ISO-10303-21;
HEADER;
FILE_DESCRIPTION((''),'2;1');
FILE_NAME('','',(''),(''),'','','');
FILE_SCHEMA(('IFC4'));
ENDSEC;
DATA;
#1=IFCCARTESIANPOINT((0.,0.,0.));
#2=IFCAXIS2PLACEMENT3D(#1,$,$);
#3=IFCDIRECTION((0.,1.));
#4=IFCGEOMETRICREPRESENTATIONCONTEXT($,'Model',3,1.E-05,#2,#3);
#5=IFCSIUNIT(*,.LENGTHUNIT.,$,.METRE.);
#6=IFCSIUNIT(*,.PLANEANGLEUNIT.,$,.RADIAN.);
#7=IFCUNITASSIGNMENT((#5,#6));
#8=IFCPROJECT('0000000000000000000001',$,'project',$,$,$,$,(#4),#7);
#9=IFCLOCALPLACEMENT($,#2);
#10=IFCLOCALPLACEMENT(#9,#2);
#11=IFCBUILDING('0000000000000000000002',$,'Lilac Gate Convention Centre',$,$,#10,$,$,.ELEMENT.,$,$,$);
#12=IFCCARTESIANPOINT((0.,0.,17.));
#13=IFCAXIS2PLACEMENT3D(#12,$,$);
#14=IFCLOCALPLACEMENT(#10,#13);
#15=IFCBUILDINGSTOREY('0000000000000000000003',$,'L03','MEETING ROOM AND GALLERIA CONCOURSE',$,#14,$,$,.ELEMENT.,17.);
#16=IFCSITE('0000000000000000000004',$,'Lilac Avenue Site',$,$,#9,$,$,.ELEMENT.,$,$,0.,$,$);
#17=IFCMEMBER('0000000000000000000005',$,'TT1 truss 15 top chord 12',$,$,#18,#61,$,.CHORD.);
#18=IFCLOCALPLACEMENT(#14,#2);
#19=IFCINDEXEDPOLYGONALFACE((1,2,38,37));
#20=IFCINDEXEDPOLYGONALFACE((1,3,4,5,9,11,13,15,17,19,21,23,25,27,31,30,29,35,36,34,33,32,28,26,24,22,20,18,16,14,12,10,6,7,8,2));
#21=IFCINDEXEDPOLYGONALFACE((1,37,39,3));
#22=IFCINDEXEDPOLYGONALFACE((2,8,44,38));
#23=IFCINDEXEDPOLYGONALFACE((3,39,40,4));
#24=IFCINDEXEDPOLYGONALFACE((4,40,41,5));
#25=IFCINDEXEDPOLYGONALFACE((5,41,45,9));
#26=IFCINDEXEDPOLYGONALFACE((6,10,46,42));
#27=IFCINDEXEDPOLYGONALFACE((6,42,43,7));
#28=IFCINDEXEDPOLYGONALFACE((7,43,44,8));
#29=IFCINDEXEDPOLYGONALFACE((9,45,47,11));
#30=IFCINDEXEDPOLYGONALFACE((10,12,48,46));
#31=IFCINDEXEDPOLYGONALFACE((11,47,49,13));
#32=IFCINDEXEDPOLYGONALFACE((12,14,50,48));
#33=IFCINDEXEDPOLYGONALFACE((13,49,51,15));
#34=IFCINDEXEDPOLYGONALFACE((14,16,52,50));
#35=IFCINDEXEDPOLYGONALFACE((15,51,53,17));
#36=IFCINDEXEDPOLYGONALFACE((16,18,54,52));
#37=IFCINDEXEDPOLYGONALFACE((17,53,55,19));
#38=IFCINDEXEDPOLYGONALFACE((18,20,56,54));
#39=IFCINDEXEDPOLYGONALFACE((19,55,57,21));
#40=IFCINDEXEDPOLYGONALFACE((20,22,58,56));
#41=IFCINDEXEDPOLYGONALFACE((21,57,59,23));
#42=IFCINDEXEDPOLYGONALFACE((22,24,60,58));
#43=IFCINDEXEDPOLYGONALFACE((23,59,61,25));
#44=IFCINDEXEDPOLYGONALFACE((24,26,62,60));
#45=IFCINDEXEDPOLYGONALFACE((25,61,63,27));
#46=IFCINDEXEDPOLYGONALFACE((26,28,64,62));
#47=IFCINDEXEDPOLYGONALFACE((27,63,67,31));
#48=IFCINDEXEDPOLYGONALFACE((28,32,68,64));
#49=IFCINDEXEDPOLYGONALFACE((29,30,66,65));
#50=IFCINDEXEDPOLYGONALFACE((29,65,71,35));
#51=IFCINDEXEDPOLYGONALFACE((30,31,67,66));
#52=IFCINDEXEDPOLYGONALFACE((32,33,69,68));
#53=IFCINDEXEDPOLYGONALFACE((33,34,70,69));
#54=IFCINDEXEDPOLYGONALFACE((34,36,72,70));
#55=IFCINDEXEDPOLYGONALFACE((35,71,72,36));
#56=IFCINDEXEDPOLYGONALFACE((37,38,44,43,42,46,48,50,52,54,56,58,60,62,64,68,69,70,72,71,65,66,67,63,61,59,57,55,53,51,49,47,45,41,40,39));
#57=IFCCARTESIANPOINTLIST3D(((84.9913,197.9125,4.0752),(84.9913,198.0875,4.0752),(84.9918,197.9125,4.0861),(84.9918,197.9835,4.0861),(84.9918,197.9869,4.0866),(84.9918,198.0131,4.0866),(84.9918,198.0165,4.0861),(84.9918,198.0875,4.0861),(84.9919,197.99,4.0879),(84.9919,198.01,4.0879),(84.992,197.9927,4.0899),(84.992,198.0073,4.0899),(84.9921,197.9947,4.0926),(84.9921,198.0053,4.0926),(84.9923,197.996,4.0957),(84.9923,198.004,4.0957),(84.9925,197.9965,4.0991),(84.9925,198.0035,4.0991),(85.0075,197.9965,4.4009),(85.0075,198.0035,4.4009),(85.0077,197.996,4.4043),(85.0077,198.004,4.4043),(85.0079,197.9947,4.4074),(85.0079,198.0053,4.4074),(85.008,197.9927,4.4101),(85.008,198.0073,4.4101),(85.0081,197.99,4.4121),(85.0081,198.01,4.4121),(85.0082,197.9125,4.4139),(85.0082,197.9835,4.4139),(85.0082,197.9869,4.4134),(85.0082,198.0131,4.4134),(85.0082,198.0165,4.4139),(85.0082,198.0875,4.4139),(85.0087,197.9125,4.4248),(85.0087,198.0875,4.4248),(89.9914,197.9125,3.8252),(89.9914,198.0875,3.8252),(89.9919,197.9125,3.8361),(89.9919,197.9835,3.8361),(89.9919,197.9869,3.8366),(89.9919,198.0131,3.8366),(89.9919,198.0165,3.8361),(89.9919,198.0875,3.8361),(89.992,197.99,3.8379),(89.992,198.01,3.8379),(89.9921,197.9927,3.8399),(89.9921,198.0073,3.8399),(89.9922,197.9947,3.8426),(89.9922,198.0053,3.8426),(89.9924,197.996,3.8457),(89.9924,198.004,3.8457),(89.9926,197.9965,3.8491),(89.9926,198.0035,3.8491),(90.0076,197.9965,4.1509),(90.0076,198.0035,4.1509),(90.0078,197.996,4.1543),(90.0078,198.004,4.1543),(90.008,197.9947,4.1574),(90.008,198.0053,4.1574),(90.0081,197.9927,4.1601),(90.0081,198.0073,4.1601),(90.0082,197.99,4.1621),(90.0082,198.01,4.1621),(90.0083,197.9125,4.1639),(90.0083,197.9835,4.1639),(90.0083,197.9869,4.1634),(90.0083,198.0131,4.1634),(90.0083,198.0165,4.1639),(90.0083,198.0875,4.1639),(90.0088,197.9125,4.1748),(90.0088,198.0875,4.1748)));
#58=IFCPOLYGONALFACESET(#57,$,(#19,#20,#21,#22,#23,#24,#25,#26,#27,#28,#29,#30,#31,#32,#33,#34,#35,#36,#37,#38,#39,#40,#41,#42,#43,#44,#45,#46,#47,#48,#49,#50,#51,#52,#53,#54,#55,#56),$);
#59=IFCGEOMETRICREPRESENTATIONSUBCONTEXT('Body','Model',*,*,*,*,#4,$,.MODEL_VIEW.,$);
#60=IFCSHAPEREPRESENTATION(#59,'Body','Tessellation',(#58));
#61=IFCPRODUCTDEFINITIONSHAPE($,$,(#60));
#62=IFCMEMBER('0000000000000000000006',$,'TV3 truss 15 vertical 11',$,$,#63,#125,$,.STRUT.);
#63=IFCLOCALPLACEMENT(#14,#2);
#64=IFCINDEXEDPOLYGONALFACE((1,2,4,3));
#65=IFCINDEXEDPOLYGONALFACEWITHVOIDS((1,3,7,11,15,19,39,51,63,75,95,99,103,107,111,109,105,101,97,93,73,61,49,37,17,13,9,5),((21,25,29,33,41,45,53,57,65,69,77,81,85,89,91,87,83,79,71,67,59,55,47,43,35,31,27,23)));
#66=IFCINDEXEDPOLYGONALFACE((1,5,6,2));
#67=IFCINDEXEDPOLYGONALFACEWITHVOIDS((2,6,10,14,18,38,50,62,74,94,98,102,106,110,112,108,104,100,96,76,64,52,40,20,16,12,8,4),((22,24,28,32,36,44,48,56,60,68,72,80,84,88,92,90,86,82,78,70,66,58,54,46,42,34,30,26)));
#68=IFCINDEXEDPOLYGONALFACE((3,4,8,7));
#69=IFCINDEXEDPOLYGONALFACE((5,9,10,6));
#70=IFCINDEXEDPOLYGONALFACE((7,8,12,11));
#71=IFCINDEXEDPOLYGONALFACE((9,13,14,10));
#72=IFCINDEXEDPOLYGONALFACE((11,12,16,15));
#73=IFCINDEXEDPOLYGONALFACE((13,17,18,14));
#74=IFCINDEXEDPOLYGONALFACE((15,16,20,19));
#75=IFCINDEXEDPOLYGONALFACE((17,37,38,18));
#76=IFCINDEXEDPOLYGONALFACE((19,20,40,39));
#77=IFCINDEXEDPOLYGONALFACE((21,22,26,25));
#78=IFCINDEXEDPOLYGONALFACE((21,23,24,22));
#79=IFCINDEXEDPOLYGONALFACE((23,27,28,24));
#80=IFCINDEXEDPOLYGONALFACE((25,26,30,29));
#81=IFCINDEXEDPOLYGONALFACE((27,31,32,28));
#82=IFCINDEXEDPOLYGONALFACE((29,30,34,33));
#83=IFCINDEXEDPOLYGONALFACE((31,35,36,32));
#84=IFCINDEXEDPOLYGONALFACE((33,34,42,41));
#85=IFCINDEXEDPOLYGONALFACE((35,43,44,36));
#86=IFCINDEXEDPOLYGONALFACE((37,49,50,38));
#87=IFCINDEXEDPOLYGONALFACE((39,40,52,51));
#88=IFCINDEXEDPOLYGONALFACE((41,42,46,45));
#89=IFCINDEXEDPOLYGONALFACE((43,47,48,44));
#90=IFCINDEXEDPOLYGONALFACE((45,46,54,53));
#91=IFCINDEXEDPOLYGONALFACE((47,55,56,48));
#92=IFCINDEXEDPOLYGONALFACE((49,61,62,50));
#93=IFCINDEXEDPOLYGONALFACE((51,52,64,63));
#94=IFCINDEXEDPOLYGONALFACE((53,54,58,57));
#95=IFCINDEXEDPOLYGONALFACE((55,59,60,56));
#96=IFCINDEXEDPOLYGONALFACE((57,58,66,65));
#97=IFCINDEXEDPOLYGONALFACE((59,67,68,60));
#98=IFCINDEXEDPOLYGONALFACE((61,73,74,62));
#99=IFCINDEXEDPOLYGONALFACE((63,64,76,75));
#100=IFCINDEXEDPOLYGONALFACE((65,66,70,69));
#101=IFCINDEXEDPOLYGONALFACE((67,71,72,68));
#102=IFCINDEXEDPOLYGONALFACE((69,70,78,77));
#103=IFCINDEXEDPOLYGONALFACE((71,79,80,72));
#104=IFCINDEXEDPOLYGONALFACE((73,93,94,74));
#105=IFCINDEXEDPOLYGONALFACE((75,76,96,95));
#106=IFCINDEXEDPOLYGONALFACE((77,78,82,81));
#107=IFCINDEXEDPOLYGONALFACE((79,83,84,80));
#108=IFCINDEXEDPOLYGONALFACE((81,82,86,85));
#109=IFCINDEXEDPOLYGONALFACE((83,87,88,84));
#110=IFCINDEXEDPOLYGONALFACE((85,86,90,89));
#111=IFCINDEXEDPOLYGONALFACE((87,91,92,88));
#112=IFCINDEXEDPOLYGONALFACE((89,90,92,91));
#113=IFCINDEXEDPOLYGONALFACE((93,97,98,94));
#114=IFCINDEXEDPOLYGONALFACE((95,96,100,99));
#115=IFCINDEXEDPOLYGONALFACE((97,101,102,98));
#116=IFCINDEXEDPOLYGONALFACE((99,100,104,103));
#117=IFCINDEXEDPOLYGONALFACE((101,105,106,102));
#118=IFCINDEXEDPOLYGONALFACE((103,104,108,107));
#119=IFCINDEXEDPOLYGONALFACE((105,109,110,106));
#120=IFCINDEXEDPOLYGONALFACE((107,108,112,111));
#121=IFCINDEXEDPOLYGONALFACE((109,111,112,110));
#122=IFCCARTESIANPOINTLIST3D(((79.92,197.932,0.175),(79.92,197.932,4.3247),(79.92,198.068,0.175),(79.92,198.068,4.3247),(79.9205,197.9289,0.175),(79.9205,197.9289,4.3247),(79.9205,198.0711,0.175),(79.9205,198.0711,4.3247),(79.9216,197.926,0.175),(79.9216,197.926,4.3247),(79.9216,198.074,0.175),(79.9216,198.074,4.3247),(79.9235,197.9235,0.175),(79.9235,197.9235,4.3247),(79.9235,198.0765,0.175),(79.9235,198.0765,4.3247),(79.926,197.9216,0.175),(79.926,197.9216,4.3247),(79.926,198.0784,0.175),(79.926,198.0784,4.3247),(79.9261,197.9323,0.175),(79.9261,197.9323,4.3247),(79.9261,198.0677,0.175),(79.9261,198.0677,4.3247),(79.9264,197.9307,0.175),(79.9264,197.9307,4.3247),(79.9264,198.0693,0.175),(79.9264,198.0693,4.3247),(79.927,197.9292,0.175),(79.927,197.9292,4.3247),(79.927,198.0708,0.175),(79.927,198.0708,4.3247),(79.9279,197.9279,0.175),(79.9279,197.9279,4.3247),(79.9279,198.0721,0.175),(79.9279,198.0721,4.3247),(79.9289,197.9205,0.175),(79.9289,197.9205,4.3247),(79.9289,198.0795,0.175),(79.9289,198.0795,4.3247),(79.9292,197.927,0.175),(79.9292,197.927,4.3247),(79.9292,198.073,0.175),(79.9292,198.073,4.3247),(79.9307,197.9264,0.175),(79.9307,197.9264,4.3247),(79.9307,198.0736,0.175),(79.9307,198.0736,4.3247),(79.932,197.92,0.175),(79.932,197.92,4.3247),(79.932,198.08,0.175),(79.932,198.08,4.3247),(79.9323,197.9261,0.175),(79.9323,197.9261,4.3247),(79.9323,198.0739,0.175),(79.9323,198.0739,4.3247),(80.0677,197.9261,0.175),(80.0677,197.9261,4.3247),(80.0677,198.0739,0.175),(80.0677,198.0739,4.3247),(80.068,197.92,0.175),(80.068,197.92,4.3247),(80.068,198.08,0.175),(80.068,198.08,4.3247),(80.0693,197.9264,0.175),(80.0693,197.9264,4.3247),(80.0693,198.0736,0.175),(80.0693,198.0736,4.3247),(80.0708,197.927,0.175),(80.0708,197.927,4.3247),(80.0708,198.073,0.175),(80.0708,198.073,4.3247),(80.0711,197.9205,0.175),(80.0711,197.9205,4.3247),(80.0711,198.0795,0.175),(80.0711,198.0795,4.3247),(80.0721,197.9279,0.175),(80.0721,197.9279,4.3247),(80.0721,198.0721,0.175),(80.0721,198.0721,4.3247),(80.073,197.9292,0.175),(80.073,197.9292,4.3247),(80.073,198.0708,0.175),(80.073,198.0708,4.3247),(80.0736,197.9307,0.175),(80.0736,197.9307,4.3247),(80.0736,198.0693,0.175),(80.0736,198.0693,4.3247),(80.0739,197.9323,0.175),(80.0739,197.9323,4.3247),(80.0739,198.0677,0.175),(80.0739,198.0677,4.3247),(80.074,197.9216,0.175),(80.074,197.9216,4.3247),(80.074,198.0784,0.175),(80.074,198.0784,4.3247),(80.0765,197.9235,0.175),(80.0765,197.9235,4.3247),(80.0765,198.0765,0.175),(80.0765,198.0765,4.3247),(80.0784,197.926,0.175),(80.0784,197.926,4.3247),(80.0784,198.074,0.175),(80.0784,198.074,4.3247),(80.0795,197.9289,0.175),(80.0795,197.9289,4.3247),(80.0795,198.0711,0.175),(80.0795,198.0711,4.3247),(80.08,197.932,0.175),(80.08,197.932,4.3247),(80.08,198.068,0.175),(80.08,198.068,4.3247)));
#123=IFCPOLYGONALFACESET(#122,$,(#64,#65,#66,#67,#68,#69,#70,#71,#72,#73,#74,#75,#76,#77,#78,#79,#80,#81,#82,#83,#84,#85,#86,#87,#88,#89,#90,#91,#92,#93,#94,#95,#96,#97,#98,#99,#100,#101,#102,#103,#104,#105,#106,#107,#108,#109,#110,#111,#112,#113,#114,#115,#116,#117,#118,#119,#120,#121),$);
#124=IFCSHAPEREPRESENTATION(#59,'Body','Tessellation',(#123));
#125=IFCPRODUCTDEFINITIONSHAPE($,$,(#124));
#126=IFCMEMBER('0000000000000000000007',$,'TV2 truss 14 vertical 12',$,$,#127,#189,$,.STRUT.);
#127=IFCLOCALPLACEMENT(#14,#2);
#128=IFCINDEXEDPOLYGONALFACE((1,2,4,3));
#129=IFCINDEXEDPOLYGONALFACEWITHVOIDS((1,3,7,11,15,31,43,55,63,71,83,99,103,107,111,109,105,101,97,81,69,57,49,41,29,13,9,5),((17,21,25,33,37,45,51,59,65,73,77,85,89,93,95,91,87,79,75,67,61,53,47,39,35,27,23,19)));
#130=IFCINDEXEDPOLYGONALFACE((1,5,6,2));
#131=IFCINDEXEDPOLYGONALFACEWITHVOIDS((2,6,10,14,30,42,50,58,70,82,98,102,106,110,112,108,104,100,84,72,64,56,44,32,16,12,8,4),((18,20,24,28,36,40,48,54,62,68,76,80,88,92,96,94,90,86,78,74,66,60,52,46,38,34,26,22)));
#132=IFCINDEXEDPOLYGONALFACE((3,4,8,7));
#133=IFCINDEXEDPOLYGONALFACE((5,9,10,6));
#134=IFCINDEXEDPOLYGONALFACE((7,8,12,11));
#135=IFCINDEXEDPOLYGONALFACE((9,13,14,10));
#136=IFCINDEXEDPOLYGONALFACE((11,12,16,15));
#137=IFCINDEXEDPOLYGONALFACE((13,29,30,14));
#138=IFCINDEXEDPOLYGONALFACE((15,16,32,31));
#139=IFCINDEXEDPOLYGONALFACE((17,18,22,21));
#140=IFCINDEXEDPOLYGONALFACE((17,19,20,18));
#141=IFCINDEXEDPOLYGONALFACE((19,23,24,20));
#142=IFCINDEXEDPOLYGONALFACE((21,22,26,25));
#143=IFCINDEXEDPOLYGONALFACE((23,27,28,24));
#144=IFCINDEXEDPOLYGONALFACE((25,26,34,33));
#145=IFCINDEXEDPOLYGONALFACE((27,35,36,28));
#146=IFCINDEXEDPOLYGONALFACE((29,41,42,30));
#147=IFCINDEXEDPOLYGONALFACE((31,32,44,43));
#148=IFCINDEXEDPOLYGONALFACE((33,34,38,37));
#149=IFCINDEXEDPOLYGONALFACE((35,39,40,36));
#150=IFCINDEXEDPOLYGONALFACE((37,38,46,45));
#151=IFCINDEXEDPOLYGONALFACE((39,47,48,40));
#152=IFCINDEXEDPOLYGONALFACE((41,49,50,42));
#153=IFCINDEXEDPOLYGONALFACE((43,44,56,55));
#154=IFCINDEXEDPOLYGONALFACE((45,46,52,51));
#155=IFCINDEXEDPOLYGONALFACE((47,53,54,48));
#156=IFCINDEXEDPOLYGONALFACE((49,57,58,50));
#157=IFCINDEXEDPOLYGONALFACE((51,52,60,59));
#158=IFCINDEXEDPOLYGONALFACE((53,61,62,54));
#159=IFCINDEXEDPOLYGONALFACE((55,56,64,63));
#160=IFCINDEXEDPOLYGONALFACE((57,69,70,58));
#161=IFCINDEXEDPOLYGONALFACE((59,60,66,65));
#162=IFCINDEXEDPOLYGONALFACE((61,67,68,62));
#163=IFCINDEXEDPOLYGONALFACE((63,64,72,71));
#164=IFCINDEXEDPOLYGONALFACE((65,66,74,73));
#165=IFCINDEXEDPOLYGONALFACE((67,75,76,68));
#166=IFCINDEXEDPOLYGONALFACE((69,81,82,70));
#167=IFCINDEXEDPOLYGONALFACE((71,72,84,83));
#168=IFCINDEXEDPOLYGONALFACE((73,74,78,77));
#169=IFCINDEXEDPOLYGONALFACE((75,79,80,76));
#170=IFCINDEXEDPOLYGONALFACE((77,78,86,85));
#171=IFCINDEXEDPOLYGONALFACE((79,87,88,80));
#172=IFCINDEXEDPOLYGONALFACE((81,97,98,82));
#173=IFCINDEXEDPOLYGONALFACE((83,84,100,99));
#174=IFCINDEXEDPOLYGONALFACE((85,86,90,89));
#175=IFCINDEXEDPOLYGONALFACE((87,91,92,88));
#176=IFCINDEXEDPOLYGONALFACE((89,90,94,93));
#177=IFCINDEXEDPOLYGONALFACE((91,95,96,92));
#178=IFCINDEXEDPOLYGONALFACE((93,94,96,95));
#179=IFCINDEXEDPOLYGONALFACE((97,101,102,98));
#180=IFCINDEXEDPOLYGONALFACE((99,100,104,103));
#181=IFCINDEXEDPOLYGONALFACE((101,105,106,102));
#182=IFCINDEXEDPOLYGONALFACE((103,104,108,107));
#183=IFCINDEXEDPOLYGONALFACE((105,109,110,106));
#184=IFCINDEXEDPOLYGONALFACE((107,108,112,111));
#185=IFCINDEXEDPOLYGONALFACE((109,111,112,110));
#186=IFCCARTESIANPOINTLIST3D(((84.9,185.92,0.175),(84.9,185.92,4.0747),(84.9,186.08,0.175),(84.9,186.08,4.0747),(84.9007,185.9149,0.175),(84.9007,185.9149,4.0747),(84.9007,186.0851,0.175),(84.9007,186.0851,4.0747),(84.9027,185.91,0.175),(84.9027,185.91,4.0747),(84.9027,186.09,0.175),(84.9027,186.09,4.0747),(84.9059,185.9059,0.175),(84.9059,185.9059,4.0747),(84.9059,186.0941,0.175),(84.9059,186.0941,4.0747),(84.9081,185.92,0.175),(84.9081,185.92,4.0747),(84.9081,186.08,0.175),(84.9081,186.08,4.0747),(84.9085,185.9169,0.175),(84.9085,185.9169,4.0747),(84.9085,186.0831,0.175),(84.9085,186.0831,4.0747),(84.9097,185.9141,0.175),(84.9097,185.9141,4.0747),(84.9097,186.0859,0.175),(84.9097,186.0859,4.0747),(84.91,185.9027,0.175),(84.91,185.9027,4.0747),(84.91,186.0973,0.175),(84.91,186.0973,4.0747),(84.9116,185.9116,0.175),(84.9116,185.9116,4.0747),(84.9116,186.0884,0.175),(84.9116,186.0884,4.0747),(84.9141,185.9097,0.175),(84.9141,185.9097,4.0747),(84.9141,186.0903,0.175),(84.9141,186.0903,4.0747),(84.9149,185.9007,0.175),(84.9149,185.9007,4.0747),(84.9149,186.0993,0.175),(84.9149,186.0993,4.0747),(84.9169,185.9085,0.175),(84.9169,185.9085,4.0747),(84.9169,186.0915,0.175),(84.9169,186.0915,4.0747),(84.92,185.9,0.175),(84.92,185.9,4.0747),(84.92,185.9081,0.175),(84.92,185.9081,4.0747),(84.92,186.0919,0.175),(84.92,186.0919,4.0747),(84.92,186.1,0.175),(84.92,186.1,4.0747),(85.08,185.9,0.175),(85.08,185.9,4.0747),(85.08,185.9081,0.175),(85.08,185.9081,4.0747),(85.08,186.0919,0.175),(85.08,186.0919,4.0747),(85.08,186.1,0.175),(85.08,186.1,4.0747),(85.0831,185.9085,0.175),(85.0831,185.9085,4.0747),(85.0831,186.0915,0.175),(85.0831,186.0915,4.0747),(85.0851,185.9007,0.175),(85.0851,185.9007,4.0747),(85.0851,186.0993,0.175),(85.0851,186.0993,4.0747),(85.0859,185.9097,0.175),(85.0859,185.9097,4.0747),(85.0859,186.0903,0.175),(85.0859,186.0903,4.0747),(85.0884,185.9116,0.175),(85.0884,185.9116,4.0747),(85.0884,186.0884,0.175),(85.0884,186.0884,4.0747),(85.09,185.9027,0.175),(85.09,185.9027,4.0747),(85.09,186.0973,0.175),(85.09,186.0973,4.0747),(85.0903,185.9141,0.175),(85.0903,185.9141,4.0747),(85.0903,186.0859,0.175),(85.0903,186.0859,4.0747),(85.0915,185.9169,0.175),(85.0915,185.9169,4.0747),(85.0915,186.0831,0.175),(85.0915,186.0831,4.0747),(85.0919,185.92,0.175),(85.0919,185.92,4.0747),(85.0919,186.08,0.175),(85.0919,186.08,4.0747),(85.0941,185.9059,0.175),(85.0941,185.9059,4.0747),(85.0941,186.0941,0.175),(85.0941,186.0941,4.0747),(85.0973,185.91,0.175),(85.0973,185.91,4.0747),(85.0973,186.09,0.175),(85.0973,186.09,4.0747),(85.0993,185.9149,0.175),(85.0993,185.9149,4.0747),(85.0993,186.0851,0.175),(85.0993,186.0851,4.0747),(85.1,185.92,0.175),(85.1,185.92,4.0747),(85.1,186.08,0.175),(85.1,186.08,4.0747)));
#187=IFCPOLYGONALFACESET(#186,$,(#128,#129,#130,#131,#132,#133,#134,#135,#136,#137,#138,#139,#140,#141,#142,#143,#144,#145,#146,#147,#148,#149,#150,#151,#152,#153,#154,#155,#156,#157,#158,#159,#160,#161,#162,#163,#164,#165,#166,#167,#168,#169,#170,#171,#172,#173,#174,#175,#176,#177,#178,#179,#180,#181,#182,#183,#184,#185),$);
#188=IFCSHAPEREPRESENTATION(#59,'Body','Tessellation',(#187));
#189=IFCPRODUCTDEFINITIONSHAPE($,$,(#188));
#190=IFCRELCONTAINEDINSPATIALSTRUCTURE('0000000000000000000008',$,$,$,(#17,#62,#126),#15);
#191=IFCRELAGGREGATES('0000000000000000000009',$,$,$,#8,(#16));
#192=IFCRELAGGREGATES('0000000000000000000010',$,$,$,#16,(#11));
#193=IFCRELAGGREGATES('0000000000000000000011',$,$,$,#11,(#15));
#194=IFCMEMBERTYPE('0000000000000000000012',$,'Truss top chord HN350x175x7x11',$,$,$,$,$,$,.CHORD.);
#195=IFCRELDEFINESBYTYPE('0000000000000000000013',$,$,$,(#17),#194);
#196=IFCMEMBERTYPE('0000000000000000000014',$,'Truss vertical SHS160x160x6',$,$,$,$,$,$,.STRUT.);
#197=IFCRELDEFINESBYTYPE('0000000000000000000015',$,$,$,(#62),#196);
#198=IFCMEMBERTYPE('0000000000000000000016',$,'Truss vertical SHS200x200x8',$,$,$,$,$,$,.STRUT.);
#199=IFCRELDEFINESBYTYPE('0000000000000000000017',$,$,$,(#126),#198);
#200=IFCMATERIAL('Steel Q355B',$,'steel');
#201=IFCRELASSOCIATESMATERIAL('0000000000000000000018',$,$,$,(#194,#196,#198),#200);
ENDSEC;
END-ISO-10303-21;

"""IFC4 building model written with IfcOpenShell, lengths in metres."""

from ifc_helpers import new_model, si_unit, direction, frame, origin, origin_2d, place, context, subcontext, project, spatial, hollow_rectangle, i_section, extrude, material, material_profile, profile_set, type_object, element, save


model = new_model("IFC4")

# Units and contexts
model_context = context("Model", 3, precision=1e-05, world=origin(), true_north=direction((0.0, 1.0)))
body_context = subcontext(model_context, "Body", "Model", "MODEL_VIEW")
ifc_project = project(units=[si_unit("LENGTHUNIT", "METRE"), si_unit("PLANEANGLEUNIT", "RADIAN")], contexts=[model_context])

# Site, building, storey
site_placement = place(None, origin())
site = spatial("IfcSite", under=ifc_project, at=site_placement, Name="Lilac Avenue Site", CompositionType="ELEMENT", RefElevation=0.0)
building_placement = place(site_placement, origin())
building = spatial("IfcBuilding", under=site, at=building_placement, Name="Lilac Gate Convention Centre", CompositionType="ELEMENT")
storey_placement = place(building_placement, frame((0.0, 0.0, 17.0)))
storey = spatial("IfcBuildingStorey", under=building, at=storey_placement, Name="L03", Description="MEETING ROOM AND GALLERIA CONCOURSE", CompositionType="ELEMENT", Elevation=17.0)

# Members
ifc_material = material(Name="Steel Q355B", Category="steel")
ifc_material_profile_1 = material_profile(ifc_material, i_section(OverallWidth=0.175, OverallDepth=0.3501, WebThickness=0.0071, FlangeThickness=0.011, FilletRadius=0.0129, at=origin_2d()), Name="HN350x175x7x11")
ifc_profile_set_1 = profile_set([ifc_material_profile_1], Name="Steel Q355B")
member_type_1 = type_object("IfcMemberType", Name="Truss top chord HN350x175x7x11", PredefinedType="CHORD", material=ifc_profile_set_1)
for number, where, z_axis, x_axis, name in (
    (1, (85.0, 198.0, 4.25), (0.998752, 0.0, -0.049938), (0.0, 1.0, 0.0), "TT1 truss 15 top chord 12"),
):
    element("IfcMember", number, at=place(storey_placement, frame(where, z_axis=z_axis, x_axis=x_axis)), inside=storey, type_object=member_type_1, Name=name, PredefinedType="CHORD", context=body_context, shape_type="SweptSolid", body=[
        extrude(i_section(OverallWidth=0.175, OverallDepth=0.3501, WebThickness=0.0071, FlangeThickness=0.011, FilletRadius=0.0129, at=origin_2d()), origin(), (0.0, 0.0, 1.0), 5.0063),
    ])
ifc_material_profile_2 = material_profile(ifc_material, hollow_rectangle(XDim=0.1599, YDim=0.1599, WallThickness=0.0061, InnerFilletRadius=0.0061, OuterFilletRadius=0.012, at=origin_2d()), Name="SHS160x160x6")
ifc_profile_set_2 = profile_set([ifc_material_profile_2], Name="Steel Q355B")
member_type_2 = type_object("IfcMemberType", Name="Truss vertical SHS160x160x6", PredefinedType="STRUT", material=ifc_profile_set_2)
member_placement = place(storey_placement, frame((80.0, 198.0, 0.175), z_axis=(0.0, 0.0, 1.0), x_axis=(1.0, 0.0, 0.0)))
element("IfcMember", 2, at=member_placement, inside=storey, type_object=member_type_2, Name="TV3 truss 15 vertical 11", PredefinedType="STRUT", context=body_context, shape_type="SweptSolid", body=[
    extrude(hollow_rectangle(XDim=0.1599, YDim=0.1599, WallThickness=0.0061, InnerFilletRadius=0.0061, OuterFilletRadius=0.012, at=origin_2d()), origin(), (0.0, 0.0, 1.0), 4.1497),
])
ifc_material_profile_3 = material_profile(ifc_material, hollow_rectangle(XDim=0.2, YDim=0.2, WallThickness=0.0081, InnerFilletRadius=0.012, OuterFilletRadius=0.02, at=origin_2d()), Name="SHS200x200x8")
ifc_profile_set_3 = profile_set([ifc_material_profile_3], Name="Steel Q355B")
member_type_3 = type_object("IfcMemberType", Name="Truss vertical SHS200x200x8", PredefinedType="STRUT", material=ifc_profile_set_3)
for number, where, z_axis, x_axis, name in (
    (3, (85.0, 186.0, 0.175), (0.0, 0.0, 1.0), (1.0, 0.0, 0.0), "TV2 truss 14 vertical 12"),
):
    element("IfcMember", number, at=place(storey_placement, frame(where, z_axis=z_axis, x_axis=x_axis)), inside=storey, type_object=member_type_3, Name=name, PredefinedType="STRUT", context=body_context, shape_type="SweptSolid", body=[
        extrude(hollow_rectangle(XDim=0.2, YDim=0.2, WallThickness=0.0081, InnerFilletRadius=0.012, OuterFilletRadius=0.02, at=origin_2d()), origin(), (0.0, 0.0, 1.0), 3.8997),
    ])

save(model, "model.ifc")
